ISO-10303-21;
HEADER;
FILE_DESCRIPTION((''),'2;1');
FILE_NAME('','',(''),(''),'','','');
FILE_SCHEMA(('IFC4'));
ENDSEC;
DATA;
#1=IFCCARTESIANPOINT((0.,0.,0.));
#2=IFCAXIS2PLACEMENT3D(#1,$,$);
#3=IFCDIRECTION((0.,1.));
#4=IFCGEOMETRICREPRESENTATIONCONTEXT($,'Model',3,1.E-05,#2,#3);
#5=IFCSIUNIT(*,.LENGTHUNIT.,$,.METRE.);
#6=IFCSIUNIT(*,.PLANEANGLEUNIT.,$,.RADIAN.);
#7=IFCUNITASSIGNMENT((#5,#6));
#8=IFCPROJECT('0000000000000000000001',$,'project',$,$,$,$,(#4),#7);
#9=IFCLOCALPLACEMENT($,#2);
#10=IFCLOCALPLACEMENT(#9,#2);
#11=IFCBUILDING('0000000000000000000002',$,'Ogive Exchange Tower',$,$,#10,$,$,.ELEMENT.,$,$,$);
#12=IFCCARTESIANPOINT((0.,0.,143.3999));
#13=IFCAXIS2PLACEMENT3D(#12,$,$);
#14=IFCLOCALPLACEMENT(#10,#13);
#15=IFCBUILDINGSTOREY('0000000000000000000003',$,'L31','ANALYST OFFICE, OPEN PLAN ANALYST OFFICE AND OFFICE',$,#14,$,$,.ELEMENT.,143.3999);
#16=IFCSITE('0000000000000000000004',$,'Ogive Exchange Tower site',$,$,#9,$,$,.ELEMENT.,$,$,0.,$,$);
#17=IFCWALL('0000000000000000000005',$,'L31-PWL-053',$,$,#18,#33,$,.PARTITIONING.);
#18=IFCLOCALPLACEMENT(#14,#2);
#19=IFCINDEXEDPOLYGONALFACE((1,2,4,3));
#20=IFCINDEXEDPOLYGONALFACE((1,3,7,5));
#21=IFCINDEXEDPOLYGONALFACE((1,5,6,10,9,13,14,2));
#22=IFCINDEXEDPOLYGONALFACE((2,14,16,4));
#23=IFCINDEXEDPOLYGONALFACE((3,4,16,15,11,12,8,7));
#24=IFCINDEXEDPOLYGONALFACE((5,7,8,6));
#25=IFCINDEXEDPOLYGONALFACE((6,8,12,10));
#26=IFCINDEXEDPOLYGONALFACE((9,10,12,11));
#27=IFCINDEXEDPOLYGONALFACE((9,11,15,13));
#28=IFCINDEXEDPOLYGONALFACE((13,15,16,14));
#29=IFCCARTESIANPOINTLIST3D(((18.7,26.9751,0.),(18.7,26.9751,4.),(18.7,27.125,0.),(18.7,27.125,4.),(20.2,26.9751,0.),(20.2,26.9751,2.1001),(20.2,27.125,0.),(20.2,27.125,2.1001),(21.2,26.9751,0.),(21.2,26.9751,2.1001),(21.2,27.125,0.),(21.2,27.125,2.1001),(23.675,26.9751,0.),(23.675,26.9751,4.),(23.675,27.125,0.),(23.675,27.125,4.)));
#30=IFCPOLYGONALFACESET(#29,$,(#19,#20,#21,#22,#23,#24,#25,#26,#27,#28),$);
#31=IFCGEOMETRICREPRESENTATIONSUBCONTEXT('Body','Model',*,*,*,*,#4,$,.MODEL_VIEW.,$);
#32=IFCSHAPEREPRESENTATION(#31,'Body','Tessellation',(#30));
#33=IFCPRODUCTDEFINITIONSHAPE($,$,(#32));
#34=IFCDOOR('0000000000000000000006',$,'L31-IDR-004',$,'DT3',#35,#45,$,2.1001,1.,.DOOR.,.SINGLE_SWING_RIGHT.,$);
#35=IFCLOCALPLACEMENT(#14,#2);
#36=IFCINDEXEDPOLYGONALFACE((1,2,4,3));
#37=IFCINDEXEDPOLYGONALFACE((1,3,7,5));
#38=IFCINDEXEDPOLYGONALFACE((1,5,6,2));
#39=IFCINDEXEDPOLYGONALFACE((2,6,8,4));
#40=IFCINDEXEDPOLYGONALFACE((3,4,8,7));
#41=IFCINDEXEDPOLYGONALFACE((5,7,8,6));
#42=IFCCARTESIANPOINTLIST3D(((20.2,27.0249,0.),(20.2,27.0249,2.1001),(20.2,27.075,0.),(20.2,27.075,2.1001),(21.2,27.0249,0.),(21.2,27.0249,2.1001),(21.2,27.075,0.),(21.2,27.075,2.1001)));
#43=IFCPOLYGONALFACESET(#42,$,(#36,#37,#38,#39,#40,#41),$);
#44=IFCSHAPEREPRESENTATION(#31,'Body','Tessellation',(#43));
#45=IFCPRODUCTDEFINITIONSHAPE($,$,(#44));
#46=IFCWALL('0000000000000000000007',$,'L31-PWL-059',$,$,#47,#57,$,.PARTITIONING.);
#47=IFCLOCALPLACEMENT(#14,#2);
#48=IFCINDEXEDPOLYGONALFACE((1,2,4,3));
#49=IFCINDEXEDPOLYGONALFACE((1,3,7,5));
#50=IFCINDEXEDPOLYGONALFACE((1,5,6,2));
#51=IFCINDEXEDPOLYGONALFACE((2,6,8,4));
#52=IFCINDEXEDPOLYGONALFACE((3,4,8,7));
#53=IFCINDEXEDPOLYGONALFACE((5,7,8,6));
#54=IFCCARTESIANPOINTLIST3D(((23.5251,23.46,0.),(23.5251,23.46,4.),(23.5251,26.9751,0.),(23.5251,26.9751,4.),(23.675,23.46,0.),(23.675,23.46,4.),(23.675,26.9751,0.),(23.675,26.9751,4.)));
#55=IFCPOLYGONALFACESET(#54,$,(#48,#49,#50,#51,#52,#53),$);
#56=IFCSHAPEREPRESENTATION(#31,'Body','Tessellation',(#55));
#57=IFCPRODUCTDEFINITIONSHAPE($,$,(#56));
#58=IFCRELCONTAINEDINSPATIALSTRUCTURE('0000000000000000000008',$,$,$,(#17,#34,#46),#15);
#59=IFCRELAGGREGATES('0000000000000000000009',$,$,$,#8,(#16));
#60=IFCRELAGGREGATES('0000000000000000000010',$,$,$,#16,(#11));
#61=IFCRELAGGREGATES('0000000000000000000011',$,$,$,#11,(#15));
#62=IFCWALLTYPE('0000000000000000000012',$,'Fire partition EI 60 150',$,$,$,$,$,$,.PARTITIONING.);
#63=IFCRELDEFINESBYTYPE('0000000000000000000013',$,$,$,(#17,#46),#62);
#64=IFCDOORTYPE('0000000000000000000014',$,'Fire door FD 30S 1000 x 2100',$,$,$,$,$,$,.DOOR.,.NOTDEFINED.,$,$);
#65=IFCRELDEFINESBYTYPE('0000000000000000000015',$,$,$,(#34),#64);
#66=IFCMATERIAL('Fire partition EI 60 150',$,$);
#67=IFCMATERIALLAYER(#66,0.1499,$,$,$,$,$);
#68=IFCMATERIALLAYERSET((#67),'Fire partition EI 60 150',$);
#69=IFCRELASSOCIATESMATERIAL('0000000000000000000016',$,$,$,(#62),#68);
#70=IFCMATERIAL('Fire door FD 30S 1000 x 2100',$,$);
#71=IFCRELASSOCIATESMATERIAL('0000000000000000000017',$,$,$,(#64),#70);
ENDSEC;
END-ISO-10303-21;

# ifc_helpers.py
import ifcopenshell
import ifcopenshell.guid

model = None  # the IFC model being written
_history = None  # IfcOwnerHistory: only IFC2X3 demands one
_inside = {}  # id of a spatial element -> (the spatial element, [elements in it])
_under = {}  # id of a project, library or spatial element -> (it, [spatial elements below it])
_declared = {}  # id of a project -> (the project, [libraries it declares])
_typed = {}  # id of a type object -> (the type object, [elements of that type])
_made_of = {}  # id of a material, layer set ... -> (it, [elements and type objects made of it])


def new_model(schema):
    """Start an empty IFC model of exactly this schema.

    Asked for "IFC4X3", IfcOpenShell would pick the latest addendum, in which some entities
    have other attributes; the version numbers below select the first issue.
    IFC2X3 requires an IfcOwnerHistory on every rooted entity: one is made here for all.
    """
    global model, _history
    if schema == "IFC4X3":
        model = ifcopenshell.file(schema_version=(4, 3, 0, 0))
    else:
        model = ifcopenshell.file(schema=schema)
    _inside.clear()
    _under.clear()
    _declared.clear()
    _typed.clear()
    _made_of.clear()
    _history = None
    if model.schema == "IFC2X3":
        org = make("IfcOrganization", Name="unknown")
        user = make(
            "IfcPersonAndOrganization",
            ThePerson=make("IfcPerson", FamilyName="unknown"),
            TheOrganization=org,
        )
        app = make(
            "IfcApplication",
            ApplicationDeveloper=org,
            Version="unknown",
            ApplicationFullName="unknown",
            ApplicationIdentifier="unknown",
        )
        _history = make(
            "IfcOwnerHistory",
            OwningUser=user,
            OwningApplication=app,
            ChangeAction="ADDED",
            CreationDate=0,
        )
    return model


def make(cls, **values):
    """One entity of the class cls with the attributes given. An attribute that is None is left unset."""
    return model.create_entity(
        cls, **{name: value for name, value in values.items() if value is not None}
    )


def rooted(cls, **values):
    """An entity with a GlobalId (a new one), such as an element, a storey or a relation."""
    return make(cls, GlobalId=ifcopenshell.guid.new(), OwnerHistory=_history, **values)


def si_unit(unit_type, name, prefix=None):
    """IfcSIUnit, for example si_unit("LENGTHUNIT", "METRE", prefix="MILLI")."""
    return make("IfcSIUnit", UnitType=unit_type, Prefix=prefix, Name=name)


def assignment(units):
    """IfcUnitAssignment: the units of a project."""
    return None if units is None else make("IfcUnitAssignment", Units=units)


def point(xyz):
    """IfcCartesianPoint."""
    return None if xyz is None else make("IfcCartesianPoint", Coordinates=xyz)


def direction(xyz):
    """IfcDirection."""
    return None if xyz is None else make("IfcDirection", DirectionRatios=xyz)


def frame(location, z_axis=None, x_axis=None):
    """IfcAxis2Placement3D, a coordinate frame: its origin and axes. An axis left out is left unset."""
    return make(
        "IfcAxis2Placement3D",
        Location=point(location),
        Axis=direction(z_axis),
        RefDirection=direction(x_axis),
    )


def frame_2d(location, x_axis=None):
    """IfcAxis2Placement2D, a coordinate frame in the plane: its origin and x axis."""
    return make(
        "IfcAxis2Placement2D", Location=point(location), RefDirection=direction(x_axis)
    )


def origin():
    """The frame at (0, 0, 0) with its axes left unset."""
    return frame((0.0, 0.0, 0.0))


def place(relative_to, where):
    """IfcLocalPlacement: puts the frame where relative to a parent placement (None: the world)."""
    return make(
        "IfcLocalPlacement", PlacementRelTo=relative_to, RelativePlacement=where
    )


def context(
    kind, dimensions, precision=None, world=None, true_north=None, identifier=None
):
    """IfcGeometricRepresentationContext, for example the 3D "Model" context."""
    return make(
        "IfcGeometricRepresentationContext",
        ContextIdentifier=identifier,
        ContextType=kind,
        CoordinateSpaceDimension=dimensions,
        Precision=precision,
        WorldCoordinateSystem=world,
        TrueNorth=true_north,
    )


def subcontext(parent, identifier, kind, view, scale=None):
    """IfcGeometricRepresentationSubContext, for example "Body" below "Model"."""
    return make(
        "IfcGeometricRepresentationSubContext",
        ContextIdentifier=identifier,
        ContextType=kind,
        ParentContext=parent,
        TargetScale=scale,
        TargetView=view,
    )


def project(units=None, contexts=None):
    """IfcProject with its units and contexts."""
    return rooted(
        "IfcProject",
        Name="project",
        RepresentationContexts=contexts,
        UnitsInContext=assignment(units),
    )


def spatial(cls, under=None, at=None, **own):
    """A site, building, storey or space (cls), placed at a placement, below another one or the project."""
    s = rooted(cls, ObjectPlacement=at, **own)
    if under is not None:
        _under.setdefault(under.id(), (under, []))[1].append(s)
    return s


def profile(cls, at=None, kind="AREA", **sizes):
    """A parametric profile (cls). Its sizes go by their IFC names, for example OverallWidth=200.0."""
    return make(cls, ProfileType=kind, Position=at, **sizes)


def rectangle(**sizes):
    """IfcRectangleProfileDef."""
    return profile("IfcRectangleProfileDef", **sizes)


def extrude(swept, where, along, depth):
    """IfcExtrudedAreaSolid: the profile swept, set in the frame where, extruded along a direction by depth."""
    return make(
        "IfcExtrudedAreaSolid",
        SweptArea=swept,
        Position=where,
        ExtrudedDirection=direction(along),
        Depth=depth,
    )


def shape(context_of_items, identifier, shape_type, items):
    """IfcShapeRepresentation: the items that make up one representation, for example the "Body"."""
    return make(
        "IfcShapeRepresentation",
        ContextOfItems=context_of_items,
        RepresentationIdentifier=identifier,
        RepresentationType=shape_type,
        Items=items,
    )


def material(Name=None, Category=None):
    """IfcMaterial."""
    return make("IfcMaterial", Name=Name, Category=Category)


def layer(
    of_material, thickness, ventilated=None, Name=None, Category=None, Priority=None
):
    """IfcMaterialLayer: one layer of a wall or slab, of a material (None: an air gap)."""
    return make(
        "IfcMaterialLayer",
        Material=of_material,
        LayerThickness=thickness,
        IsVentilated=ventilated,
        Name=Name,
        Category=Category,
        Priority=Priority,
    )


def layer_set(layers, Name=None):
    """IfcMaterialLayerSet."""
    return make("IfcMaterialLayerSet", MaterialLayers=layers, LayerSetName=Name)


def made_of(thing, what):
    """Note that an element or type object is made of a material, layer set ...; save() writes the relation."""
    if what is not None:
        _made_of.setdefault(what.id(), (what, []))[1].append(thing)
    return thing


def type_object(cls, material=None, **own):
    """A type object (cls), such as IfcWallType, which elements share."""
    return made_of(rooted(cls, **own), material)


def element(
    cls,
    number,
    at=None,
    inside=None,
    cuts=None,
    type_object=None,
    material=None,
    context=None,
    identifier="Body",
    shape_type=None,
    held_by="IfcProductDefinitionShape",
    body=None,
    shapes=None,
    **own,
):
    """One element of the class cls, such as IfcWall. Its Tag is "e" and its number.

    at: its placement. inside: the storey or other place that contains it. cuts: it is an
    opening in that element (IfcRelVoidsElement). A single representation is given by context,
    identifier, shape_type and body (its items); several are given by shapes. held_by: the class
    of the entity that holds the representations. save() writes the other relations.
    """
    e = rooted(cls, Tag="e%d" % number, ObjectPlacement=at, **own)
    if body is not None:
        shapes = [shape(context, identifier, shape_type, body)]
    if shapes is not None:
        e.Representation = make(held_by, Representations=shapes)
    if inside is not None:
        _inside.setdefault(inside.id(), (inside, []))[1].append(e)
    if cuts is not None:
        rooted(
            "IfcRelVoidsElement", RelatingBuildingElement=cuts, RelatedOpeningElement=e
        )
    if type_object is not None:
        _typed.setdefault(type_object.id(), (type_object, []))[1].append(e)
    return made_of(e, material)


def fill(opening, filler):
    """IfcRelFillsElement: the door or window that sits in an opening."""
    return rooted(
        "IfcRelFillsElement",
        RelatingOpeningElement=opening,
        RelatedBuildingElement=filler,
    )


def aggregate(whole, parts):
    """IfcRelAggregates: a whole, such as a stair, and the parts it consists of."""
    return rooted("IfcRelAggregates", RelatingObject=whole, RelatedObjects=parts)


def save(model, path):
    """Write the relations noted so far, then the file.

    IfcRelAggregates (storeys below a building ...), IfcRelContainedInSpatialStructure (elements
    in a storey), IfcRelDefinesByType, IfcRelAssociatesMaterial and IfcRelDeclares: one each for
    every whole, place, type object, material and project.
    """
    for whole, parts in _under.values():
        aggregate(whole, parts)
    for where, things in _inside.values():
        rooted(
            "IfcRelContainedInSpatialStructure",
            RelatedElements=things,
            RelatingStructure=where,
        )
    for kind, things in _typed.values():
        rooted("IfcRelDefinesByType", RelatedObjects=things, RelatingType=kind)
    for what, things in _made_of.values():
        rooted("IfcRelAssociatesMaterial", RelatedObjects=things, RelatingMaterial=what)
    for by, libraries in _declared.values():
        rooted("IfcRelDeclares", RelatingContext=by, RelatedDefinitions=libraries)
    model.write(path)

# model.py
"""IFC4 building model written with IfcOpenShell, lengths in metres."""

from ifc_helpers import new_model, si_unit, direction, frame, frame_2d, origin, place, context, subcontext, project, spatial, rectangle, extrude, material, layer, layer_set, type_object, element, fill, save


model = new_model("IFC4")

# Units and contexts
model_context = context("Model", 3, precision=1e-05, world=origin(), true_north=direction((0.0, 1.0)))
body_context = subcontext(model_context, "Body", "Model", "MODEL_VIEW")
ifc_project = project(units=[si_unit("LENGTHUNIT", "METRE"), si_unit("PLANEANGLEUNIT", "RADIAN")], contexts=[model_context])

# Site, building, storey
site_placement = place(None, origin())
site = spatial("IfcSite", under=ifc_project, at=site_placement, Name="Ogive Exchange Tower site", CompositionType="ELEMENT", RefElevation=0.0)
building_placement = place(site_placement, origin())
building = spatial("IfcBuilding", under=site, at=building_placement, Name="Ogive Exchange Tower", CompositionType="ELEMENT")
storey_placement = place(building_placement, frame((0.0, 0.0, 143.3999)))
storey = spatial("IfcBuildingStorey", under=building, at=storey_placement, Name="L31", Description="ANALYST OFFICE, OPEN PLAN ANALYST OFFICE AND OFFICE", CompositionType="ELEMENT", Elevation=143.3999)

# Wall, opening, door
ifc_material_1 = material(Name="Fire partition EI 60 150")
ifc_layer_1 = layer(ifc_material_1, 0.1499)
ifc_layer_set_1 = layer_set([ifc_layer_1], Name="Fire partition EI 60 150")
wall_type_1 = type_object("IfcWallType", Name="Fire partition EI 60 150", PredefinedType="PARTITIONING", material=ifc_layer_set_1)
wall_1_placement = place(storey_placement, frame((18.7, 27.05, 0.0), z_axis=(0.0, 0.0, 1.0), x_axis=(1.0, 0.0, 0.0)))
wall_1 = element("IfcWall", 1, at=wall_1_placement, inside=storey, type_object=wall_type_1, Name="L31-PWL-053", PredefinedType="PARTITIONING", context=body_context, shape_type="SweptSolid", body=[
    extrude(rectangle(XDim=4.9751, YDim=0.1499, at=frame_2d((2.4875, 0.0))), origin(), (0.0, 0.0, 1.0), 4.0),
])
opening_1_placement = place(wall_1_placement, frame((1.5, 0.0, 0.0)))
opening_1 = element("IfcOpeningElement", 2, at=opening_1_placement, cuts=wall_1, PredefinedType="OPENING", context=body_context, shape_type="SweptSolid", body=[
    extrude(rectangle(XDim=1.0, YDim=2.1001, at=frame_2d((0.5, 1.05))), frame((0.0, 0.085, 0.0), z_axis=(0.0, -1.0, 0.0), x_axis=(1.0, 0.0, 0.0)), (0.0, 0.0, 1.0), 0.1699),
])
ifc_material_2 = material(Name="Fire door FD 30S 1000 x 2100")
door_type_1 = type_object("IfcDoorType", Name="Fire door FD 30S 1000 x 2100", OperationType="NOTDEFINED", PredefinedType="DOOR", material=ifc_material_2)
door_1_placement = place(opening_1_placement, origin())
door_1 = element("IfcDoor", 3, at=door_1_placement, inside=storey, type_object=door_type_1, Name="L31-IDR-004", ObjectType="DT3", OperationType="SINGLE_SWING_RIGHT", OverallHeight=2.1001, OverallWidth=1.0, PredefinedType="DOOR", context=body_context, shape_type="SweptSolid", body=[
    extrude(rectangle(XDim=1.0, YDim=2.1001, at=frame_2d((0.5, 1.05))), frame((0.0, 0.0249, 0.0), z_axis=(0.0, -1.0, 0.0), x_axis=(1.0, 0.0, 0.0)), (0.0, 0.0, 1.0), 0.05),
])
fill(opening_1, door_1)

# Wall
wall_2_placement = place(storey_placement, frame((23.6001, 26.9751, 0.0), z_axis=(0.0, 0.0, 1.0), x_axis=(0.0, -1.0, 0.0)))
element("IfcWall", 4, at=wall_2_placement, inside=storey, type_object=wall_type_1, Name="L31-PWL-059", PredefinedType="PARTITIONING", context=body_context, shape_type="SweptSolid", body=[
    extrude(rectangle(XDim=3.5151, YDim=0.1499, at=frame_2d((1.7576, 0.0))), origin(), (0.0, 0.0, 1.0), 4.0),
])

save(model, "model.ifc")
